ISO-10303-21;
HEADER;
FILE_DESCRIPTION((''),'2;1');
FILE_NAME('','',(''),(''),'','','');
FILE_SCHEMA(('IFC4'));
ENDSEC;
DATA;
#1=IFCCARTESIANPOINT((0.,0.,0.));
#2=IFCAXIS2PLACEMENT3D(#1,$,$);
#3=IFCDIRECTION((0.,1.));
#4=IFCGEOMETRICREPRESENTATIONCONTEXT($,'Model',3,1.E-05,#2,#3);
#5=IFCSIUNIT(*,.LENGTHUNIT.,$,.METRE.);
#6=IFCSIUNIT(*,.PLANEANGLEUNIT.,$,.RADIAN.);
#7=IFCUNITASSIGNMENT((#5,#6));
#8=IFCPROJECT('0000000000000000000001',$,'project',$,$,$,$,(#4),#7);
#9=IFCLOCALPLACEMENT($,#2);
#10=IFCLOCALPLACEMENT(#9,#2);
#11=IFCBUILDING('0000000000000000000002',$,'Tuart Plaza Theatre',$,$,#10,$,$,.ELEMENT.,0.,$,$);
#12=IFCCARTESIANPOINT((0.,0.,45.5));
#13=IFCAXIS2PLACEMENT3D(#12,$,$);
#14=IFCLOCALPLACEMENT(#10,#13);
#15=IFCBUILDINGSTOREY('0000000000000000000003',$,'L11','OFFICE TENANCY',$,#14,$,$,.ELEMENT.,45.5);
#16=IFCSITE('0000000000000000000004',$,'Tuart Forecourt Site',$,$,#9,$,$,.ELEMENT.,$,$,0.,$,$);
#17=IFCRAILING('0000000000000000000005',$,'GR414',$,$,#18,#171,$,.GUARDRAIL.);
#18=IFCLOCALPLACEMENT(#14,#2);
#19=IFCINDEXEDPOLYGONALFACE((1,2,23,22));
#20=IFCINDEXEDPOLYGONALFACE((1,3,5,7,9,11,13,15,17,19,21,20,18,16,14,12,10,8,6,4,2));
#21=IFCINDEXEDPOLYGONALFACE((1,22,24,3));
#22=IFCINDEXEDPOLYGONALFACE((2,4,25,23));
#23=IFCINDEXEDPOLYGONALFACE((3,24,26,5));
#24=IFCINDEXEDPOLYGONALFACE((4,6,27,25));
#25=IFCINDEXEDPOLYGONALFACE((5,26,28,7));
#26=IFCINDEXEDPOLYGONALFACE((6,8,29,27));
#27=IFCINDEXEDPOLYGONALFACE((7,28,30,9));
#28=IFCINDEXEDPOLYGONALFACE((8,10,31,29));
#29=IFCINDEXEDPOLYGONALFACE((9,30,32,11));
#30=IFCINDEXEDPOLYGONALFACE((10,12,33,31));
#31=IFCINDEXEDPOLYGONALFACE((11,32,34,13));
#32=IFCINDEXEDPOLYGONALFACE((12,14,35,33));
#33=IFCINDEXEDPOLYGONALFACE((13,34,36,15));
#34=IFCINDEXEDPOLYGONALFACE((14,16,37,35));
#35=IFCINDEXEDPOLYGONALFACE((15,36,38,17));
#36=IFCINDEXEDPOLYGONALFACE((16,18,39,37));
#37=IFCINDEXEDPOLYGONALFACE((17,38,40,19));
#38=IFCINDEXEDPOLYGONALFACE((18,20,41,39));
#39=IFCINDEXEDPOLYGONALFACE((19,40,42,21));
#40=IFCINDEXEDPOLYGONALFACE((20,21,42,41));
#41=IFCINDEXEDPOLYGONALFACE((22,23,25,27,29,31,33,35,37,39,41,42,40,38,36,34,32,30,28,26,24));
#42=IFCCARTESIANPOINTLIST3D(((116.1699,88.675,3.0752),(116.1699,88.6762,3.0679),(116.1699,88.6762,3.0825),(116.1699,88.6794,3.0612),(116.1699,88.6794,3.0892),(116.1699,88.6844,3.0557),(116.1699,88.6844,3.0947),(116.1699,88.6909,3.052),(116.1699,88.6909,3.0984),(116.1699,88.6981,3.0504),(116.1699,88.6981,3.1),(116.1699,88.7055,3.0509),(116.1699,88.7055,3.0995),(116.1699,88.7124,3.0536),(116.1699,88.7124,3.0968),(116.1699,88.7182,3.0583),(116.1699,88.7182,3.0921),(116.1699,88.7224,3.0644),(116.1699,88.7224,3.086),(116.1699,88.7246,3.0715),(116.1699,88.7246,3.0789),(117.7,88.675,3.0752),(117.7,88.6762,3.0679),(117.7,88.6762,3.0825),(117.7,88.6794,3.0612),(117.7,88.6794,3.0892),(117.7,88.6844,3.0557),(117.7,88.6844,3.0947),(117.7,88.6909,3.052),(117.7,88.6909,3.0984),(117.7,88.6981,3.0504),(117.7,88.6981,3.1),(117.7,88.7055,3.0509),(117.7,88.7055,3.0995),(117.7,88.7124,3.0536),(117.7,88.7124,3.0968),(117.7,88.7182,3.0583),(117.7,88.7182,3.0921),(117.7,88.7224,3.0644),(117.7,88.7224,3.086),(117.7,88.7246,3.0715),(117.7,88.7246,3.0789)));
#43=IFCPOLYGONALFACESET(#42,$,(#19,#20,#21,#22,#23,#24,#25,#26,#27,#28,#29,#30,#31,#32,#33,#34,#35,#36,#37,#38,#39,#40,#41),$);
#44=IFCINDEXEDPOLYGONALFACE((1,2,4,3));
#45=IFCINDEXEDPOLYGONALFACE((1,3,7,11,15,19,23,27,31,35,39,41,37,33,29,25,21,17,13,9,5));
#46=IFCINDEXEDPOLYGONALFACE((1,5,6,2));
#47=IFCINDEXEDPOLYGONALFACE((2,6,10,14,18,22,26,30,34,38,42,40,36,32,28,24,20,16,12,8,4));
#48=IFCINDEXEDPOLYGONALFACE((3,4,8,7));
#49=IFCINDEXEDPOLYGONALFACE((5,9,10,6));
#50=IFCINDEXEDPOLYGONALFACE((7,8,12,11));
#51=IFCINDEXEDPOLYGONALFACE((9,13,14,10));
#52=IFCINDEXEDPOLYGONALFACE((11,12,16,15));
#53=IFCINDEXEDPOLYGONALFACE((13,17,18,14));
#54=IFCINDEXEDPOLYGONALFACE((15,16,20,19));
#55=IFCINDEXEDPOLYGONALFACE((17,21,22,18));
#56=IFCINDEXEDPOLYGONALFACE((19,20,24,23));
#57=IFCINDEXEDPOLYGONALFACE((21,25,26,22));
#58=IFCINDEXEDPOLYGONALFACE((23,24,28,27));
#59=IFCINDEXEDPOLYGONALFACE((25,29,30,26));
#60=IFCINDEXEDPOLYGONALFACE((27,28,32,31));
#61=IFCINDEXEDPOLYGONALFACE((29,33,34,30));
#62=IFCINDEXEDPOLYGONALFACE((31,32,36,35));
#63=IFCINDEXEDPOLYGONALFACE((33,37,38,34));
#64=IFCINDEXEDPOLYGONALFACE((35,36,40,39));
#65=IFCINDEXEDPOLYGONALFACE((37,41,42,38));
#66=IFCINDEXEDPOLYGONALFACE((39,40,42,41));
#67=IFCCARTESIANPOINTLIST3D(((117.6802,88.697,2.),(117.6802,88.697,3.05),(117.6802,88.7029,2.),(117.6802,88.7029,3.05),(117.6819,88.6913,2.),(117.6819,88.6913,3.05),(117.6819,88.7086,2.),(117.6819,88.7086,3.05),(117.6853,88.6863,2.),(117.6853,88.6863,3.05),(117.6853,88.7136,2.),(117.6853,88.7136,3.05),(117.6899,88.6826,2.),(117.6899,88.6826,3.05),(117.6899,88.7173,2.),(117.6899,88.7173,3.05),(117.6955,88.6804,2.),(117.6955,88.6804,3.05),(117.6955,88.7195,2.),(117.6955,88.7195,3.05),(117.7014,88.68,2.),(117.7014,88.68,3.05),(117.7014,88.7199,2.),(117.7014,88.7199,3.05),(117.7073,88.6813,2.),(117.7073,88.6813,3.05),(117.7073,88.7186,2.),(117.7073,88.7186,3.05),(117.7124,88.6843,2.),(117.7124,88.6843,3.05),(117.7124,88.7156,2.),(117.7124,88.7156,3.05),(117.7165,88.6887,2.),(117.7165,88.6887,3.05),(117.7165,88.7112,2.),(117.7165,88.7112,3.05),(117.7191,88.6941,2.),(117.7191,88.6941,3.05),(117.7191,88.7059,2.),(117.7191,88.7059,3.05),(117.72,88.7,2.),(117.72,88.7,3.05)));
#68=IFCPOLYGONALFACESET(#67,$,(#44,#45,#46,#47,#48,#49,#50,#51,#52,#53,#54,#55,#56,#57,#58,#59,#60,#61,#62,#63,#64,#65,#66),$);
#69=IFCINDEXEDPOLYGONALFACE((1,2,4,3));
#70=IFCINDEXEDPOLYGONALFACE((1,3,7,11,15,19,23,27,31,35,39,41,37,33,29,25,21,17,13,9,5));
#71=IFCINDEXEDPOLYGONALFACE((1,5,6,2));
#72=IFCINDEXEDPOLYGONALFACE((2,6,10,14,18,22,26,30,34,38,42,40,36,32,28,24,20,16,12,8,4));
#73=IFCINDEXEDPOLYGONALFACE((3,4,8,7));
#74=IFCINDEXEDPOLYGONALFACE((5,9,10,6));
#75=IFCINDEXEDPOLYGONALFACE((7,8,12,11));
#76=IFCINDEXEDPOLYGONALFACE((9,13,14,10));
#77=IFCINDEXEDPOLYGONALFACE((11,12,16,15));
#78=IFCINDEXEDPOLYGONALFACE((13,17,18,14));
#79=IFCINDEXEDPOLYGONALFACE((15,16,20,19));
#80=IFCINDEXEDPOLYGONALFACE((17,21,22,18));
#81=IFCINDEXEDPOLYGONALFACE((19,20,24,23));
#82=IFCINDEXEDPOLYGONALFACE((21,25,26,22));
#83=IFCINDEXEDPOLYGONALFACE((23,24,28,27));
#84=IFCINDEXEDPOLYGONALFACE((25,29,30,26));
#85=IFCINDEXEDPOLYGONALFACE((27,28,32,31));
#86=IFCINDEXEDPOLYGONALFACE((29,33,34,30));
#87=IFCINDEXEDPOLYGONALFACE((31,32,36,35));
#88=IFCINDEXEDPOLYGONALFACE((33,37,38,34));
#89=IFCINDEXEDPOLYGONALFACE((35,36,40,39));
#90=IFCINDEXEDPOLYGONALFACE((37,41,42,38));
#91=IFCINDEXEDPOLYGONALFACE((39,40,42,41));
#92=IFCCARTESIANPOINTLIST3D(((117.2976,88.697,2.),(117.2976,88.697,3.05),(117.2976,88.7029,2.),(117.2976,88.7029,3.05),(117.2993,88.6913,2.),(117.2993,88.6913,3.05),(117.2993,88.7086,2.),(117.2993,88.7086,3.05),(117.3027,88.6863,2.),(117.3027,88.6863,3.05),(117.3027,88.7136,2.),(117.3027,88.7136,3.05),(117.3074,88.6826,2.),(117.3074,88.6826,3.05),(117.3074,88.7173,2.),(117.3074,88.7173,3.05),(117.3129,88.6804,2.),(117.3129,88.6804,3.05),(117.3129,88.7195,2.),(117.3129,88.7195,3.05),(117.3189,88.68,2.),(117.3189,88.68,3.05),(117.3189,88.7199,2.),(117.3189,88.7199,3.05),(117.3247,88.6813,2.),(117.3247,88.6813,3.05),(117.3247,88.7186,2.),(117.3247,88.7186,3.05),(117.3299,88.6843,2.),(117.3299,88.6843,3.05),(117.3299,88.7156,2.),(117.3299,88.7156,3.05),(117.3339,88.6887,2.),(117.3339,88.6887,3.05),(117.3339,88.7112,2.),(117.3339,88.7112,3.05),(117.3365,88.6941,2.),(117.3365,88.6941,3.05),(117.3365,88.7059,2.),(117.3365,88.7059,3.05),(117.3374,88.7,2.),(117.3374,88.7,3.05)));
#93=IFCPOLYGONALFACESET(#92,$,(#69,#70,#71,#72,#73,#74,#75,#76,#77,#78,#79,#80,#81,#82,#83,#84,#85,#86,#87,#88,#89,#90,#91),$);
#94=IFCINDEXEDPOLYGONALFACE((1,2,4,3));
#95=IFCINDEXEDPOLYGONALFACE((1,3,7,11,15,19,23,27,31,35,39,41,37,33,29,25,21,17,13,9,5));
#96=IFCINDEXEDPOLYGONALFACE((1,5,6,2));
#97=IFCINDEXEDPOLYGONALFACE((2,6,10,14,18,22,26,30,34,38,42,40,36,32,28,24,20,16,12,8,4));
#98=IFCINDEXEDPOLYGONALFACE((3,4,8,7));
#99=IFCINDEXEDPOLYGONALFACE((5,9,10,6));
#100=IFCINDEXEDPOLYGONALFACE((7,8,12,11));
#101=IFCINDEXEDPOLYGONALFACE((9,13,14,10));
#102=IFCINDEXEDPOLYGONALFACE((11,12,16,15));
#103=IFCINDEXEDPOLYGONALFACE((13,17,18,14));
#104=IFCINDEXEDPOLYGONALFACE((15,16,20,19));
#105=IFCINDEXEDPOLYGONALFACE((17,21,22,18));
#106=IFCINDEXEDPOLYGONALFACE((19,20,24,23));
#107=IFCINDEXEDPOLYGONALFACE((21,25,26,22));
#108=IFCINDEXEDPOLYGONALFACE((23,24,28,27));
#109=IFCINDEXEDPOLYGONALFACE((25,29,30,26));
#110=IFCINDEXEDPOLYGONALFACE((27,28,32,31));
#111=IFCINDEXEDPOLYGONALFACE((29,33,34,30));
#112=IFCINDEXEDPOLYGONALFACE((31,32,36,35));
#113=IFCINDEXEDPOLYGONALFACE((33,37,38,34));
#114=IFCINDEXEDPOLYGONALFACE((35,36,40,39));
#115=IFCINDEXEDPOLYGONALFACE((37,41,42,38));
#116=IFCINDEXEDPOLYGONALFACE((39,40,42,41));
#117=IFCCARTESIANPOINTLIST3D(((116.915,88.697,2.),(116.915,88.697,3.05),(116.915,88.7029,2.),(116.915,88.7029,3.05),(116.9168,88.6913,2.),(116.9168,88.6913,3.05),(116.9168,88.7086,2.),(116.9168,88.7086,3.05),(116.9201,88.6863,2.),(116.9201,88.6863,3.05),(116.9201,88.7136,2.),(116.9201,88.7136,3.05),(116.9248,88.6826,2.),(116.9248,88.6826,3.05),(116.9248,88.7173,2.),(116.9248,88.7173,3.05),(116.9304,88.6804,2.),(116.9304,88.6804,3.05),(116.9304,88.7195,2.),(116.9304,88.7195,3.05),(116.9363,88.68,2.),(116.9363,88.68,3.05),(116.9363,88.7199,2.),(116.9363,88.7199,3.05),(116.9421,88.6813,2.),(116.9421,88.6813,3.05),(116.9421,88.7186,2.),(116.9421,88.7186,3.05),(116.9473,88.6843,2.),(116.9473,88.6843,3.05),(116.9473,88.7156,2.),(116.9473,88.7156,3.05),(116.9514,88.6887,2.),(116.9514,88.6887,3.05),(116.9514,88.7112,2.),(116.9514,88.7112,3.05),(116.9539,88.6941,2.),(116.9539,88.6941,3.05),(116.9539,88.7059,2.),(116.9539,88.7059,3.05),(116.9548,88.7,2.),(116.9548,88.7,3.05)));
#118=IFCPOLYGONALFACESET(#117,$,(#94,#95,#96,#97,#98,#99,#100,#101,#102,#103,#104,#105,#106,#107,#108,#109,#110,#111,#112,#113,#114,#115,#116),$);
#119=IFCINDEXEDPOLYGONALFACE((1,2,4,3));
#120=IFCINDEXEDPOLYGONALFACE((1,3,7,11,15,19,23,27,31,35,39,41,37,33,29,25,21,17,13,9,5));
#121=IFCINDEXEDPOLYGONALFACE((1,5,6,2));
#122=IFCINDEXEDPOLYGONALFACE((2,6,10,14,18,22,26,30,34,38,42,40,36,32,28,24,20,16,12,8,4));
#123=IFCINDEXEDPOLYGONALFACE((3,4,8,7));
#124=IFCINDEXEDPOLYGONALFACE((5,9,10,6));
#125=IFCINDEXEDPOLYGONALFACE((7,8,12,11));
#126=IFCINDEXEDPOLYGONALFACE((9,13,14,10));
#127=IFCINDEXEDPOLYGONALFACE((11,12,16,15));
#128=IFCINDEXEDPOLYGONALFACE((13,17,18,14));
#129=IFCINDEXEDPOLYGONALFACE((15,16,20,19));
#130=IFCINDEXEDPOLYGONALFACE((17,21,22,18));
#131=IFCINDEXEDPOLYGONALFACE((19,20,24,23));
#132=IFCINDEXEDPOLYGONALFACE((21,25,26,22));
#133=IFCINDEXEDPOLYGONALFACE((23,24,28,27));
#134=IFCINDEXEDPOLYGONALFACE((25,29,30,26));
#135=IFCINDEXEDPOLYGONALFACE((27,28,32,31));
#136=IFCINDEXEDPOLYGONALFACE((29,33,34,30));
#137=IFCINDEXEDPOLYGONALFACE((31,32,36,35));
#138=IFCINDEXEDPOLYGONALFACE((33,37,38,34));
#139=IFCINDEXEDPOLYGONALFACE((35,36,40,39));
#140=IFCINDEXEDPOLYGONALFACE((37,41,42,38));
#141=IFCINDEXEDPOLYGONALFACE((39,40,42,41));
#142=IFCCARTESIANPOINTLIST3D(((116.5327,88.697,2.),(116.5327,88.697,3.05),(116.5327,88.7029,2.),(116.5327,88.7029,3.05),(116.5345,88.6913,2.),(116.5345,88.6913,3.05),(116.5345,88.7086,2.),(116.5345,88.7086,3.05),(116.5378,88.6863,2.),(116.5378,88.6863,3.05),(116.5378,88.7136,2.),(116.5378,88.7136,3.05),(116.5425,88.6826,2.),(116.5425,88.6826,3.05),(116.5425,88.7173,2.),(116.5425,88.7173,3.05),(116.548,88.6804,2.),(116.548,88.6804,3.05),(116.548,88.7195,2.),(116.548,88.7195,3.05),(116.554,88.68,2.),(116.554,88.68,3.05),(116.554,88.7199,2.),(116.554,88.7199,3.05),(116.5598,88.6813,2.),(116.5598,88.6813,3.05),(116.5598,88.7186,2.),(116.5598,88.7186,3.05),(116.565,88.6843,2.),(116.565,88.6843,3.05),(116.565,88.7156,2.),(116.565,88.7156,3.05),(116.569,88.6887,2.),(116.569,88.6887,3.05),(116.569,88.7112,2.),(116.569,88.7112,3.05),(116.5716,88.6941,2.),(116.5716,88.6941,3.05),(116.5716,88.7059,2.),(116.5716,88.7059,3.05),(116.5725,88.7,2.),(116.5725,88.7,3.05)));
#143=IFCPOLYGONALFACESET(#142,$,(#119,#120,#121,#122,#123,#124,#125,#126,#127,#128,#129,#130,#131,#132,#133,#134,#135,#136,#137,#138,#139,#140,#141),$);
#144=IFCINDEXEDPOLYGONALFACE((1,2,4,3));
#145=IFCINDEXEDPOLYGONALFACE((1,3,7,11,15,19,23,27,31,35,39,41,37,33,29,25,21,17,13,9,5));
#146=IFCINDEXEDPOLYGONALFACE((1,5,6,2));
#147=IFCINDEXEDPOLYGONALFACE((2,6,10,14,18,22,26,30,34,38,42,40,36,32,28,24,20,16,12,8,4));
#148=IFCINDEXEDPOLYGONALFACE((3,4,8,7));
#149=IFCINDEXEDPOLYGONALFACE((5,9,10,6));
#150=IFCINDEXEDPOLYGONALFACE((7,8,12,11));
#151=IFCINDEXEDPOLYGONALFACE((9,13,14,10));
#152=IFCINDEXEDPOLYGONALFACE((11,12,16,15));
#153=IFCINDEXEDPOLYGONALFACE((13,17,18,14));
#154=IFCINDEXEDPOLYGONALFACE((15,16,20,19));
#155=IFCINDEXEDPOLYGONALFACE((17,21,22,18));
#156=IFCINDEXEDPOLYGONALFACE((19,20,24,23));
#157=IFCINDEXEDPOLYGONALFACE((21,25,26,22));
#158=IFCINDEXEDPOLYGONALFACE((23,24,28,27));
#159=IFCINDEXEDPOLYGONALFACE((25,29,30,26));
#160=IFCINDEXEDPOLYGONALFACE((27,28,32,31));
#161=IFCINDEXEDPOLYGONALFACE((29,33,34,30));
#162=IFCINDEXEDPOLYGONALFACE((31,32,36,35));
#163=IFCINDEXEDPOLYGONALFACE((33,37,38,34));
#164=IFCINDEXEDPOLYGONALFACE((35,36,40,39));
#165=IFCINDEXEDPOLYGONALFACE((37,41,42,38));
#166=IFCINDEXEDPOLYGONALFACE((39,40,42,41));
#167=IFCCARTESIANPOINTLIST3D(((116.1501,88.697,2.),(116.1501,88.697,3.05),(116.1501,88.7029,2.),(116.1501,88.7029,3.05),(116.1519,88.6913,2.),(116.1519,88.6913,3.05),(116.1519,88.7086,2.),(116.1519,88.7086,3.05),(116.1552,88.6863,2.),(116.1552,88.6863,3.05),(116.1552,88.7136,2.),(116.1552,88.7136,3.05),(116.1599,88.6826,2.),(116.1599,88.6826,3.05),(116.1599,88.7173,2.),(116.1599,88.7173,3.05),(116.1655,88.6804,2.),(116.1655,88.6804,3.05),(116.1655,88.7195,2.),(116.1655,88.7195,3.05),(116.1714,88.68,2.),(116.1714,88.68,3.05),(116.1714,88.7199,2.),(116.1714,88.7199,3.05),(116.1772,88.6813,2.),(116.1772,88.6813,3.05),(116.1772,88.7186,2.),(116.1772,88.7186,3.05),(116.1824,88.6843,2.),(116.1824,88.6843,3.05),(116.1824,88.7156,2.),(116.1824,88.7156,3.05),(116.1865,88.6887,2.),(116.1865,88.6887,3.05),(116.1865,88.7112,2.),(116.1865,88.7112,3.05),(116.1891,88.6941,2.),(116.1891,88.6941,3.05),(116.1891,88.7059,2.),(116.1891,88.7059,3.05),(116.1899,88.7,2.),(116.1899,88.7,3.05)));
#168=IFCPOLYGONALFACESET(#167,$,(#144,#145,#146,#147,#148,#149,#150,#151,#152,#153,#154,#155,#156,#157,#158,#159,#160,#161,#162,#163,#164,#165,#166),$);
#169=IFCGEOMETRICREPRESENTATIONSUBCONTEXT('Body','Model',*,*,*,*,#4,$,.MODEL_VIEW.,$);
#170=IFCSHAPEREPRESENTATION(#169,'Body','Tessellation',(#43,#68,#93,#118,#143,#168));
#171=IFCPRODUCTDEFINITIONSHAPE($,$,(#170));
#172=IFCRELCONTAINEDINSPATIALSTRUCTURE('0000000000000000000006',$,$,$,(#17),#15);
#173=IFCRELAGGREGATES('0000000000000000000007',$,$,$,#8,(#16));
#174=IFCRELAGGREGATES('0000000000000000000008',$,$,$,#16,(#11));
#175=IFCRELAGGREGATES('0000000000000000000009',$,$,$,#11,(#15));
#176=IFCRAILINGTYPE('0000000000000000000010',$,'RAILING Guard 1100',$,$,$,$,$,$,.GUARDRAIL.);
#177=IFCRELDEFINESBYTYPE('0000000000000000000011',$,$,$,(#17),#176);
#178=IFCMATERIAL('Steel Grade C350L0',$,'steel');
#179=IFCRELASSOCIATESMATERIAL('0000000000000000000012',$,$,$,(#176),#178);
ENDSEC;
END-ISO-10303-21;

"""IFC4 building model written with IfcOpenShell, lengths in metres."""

from ifc_helpers import new_model, si_unit, direction, frame, origin, origin_2d, place, context, subcontext, project, spatial, circle, extrude, material, type_object, element, save


model = new_model("IFC4")

# Units and contexts
model_context = context("Model", 3, precision=1e-05, world=origin(), true_north=direction((0.0, 1.0)))
body_context = subcontext(model_context, "Body", "Model", "MODEL_VIEW")
ifc_project = project(units=[si_unit("LENGTHUNIT", "METRE"), si_unit("PLANEANGLEUNIT", "RADIAN")], contexts=[model_context])

# Site, building, storey
site_placement = place(None, origin())
site = spatial("IfcSite", under=ifc_project, at=site_placement, Name="Tuart Forecourt Site", CompositionType="ELEMENT", RefElevation=0.0)
building_placement = place(site_placement, origin())
building = spatial("IfcBuilding", under=site, at=building_placement, Name="Tuart Plaza Theatre", CompositionType="ELEMENT", ElevationOfRefHeight=0.0)
storey_placement = place(building_placement, frame((0.0, 0.0, 45.5)))
storey = spatial("IfcBuildingStorey", under=building, at=storey_placement, Name="L11", Description="OFFICE TENANCY", CompositionType="ELEMENT", Elevation=45.5)

# Railing
ifc_material_1 = material(Name="Steel Grade C350L0", Category="steel")
railing_type_1 = type_object("IfcRailingType", Name="RAILING Guard 1100", PredefinedType="GUARDRAIL", material=ifc_material_1)
railing_1_placement = place(storey_placement, frame((117.7, 88.7, 2.0)))
element("IfcRailing", 1, at=railing_1_placement, inside=storey, type_object=railing_type_1, Name="GR414", PredefinedType="GUARDRAIL", context=body_context, shape_type="SweptSolid", body=[
    extrude(circle(Radius=0.0249, at=origin_2d()), frame((0.0, 0.0, 1.0752), z_axis=(-1.0, 0.0, 0.0), x_axis=(0.0, -1.0, 0.0)), (0.0, 0.0, 1.0), 1.53),
    extrude(circle(Radius=0.02, at=origin_2d()), origin(), (0.0, 0.0, 1.0), 1.05),
    extrude(circle(Radius=0.02, at=origin_2d()), frame((-0.3826, 0.0, 0.0)), (0.0, 0.0, 1.0), 1.05),
    extrude(circle(Radius=0.02, at=origin_2d()), frame((-0.7651, 0.0, 0.0)), (0.0, 0.0, 1.0), 1.05),
    extrude(circle(Radius=0.02, at=origin_2d()), frame((-1.1475, 0.0, 0.0)), (0.0, 0.0, 1.0), 1.05),
    extrude(circle(Radius=0.02, at=origin_2d()), frame((-1.53, 0.0, 0.0)), (0.0, 0.0, 1.0), 1.05),
])

save(model, "model.ifc")
